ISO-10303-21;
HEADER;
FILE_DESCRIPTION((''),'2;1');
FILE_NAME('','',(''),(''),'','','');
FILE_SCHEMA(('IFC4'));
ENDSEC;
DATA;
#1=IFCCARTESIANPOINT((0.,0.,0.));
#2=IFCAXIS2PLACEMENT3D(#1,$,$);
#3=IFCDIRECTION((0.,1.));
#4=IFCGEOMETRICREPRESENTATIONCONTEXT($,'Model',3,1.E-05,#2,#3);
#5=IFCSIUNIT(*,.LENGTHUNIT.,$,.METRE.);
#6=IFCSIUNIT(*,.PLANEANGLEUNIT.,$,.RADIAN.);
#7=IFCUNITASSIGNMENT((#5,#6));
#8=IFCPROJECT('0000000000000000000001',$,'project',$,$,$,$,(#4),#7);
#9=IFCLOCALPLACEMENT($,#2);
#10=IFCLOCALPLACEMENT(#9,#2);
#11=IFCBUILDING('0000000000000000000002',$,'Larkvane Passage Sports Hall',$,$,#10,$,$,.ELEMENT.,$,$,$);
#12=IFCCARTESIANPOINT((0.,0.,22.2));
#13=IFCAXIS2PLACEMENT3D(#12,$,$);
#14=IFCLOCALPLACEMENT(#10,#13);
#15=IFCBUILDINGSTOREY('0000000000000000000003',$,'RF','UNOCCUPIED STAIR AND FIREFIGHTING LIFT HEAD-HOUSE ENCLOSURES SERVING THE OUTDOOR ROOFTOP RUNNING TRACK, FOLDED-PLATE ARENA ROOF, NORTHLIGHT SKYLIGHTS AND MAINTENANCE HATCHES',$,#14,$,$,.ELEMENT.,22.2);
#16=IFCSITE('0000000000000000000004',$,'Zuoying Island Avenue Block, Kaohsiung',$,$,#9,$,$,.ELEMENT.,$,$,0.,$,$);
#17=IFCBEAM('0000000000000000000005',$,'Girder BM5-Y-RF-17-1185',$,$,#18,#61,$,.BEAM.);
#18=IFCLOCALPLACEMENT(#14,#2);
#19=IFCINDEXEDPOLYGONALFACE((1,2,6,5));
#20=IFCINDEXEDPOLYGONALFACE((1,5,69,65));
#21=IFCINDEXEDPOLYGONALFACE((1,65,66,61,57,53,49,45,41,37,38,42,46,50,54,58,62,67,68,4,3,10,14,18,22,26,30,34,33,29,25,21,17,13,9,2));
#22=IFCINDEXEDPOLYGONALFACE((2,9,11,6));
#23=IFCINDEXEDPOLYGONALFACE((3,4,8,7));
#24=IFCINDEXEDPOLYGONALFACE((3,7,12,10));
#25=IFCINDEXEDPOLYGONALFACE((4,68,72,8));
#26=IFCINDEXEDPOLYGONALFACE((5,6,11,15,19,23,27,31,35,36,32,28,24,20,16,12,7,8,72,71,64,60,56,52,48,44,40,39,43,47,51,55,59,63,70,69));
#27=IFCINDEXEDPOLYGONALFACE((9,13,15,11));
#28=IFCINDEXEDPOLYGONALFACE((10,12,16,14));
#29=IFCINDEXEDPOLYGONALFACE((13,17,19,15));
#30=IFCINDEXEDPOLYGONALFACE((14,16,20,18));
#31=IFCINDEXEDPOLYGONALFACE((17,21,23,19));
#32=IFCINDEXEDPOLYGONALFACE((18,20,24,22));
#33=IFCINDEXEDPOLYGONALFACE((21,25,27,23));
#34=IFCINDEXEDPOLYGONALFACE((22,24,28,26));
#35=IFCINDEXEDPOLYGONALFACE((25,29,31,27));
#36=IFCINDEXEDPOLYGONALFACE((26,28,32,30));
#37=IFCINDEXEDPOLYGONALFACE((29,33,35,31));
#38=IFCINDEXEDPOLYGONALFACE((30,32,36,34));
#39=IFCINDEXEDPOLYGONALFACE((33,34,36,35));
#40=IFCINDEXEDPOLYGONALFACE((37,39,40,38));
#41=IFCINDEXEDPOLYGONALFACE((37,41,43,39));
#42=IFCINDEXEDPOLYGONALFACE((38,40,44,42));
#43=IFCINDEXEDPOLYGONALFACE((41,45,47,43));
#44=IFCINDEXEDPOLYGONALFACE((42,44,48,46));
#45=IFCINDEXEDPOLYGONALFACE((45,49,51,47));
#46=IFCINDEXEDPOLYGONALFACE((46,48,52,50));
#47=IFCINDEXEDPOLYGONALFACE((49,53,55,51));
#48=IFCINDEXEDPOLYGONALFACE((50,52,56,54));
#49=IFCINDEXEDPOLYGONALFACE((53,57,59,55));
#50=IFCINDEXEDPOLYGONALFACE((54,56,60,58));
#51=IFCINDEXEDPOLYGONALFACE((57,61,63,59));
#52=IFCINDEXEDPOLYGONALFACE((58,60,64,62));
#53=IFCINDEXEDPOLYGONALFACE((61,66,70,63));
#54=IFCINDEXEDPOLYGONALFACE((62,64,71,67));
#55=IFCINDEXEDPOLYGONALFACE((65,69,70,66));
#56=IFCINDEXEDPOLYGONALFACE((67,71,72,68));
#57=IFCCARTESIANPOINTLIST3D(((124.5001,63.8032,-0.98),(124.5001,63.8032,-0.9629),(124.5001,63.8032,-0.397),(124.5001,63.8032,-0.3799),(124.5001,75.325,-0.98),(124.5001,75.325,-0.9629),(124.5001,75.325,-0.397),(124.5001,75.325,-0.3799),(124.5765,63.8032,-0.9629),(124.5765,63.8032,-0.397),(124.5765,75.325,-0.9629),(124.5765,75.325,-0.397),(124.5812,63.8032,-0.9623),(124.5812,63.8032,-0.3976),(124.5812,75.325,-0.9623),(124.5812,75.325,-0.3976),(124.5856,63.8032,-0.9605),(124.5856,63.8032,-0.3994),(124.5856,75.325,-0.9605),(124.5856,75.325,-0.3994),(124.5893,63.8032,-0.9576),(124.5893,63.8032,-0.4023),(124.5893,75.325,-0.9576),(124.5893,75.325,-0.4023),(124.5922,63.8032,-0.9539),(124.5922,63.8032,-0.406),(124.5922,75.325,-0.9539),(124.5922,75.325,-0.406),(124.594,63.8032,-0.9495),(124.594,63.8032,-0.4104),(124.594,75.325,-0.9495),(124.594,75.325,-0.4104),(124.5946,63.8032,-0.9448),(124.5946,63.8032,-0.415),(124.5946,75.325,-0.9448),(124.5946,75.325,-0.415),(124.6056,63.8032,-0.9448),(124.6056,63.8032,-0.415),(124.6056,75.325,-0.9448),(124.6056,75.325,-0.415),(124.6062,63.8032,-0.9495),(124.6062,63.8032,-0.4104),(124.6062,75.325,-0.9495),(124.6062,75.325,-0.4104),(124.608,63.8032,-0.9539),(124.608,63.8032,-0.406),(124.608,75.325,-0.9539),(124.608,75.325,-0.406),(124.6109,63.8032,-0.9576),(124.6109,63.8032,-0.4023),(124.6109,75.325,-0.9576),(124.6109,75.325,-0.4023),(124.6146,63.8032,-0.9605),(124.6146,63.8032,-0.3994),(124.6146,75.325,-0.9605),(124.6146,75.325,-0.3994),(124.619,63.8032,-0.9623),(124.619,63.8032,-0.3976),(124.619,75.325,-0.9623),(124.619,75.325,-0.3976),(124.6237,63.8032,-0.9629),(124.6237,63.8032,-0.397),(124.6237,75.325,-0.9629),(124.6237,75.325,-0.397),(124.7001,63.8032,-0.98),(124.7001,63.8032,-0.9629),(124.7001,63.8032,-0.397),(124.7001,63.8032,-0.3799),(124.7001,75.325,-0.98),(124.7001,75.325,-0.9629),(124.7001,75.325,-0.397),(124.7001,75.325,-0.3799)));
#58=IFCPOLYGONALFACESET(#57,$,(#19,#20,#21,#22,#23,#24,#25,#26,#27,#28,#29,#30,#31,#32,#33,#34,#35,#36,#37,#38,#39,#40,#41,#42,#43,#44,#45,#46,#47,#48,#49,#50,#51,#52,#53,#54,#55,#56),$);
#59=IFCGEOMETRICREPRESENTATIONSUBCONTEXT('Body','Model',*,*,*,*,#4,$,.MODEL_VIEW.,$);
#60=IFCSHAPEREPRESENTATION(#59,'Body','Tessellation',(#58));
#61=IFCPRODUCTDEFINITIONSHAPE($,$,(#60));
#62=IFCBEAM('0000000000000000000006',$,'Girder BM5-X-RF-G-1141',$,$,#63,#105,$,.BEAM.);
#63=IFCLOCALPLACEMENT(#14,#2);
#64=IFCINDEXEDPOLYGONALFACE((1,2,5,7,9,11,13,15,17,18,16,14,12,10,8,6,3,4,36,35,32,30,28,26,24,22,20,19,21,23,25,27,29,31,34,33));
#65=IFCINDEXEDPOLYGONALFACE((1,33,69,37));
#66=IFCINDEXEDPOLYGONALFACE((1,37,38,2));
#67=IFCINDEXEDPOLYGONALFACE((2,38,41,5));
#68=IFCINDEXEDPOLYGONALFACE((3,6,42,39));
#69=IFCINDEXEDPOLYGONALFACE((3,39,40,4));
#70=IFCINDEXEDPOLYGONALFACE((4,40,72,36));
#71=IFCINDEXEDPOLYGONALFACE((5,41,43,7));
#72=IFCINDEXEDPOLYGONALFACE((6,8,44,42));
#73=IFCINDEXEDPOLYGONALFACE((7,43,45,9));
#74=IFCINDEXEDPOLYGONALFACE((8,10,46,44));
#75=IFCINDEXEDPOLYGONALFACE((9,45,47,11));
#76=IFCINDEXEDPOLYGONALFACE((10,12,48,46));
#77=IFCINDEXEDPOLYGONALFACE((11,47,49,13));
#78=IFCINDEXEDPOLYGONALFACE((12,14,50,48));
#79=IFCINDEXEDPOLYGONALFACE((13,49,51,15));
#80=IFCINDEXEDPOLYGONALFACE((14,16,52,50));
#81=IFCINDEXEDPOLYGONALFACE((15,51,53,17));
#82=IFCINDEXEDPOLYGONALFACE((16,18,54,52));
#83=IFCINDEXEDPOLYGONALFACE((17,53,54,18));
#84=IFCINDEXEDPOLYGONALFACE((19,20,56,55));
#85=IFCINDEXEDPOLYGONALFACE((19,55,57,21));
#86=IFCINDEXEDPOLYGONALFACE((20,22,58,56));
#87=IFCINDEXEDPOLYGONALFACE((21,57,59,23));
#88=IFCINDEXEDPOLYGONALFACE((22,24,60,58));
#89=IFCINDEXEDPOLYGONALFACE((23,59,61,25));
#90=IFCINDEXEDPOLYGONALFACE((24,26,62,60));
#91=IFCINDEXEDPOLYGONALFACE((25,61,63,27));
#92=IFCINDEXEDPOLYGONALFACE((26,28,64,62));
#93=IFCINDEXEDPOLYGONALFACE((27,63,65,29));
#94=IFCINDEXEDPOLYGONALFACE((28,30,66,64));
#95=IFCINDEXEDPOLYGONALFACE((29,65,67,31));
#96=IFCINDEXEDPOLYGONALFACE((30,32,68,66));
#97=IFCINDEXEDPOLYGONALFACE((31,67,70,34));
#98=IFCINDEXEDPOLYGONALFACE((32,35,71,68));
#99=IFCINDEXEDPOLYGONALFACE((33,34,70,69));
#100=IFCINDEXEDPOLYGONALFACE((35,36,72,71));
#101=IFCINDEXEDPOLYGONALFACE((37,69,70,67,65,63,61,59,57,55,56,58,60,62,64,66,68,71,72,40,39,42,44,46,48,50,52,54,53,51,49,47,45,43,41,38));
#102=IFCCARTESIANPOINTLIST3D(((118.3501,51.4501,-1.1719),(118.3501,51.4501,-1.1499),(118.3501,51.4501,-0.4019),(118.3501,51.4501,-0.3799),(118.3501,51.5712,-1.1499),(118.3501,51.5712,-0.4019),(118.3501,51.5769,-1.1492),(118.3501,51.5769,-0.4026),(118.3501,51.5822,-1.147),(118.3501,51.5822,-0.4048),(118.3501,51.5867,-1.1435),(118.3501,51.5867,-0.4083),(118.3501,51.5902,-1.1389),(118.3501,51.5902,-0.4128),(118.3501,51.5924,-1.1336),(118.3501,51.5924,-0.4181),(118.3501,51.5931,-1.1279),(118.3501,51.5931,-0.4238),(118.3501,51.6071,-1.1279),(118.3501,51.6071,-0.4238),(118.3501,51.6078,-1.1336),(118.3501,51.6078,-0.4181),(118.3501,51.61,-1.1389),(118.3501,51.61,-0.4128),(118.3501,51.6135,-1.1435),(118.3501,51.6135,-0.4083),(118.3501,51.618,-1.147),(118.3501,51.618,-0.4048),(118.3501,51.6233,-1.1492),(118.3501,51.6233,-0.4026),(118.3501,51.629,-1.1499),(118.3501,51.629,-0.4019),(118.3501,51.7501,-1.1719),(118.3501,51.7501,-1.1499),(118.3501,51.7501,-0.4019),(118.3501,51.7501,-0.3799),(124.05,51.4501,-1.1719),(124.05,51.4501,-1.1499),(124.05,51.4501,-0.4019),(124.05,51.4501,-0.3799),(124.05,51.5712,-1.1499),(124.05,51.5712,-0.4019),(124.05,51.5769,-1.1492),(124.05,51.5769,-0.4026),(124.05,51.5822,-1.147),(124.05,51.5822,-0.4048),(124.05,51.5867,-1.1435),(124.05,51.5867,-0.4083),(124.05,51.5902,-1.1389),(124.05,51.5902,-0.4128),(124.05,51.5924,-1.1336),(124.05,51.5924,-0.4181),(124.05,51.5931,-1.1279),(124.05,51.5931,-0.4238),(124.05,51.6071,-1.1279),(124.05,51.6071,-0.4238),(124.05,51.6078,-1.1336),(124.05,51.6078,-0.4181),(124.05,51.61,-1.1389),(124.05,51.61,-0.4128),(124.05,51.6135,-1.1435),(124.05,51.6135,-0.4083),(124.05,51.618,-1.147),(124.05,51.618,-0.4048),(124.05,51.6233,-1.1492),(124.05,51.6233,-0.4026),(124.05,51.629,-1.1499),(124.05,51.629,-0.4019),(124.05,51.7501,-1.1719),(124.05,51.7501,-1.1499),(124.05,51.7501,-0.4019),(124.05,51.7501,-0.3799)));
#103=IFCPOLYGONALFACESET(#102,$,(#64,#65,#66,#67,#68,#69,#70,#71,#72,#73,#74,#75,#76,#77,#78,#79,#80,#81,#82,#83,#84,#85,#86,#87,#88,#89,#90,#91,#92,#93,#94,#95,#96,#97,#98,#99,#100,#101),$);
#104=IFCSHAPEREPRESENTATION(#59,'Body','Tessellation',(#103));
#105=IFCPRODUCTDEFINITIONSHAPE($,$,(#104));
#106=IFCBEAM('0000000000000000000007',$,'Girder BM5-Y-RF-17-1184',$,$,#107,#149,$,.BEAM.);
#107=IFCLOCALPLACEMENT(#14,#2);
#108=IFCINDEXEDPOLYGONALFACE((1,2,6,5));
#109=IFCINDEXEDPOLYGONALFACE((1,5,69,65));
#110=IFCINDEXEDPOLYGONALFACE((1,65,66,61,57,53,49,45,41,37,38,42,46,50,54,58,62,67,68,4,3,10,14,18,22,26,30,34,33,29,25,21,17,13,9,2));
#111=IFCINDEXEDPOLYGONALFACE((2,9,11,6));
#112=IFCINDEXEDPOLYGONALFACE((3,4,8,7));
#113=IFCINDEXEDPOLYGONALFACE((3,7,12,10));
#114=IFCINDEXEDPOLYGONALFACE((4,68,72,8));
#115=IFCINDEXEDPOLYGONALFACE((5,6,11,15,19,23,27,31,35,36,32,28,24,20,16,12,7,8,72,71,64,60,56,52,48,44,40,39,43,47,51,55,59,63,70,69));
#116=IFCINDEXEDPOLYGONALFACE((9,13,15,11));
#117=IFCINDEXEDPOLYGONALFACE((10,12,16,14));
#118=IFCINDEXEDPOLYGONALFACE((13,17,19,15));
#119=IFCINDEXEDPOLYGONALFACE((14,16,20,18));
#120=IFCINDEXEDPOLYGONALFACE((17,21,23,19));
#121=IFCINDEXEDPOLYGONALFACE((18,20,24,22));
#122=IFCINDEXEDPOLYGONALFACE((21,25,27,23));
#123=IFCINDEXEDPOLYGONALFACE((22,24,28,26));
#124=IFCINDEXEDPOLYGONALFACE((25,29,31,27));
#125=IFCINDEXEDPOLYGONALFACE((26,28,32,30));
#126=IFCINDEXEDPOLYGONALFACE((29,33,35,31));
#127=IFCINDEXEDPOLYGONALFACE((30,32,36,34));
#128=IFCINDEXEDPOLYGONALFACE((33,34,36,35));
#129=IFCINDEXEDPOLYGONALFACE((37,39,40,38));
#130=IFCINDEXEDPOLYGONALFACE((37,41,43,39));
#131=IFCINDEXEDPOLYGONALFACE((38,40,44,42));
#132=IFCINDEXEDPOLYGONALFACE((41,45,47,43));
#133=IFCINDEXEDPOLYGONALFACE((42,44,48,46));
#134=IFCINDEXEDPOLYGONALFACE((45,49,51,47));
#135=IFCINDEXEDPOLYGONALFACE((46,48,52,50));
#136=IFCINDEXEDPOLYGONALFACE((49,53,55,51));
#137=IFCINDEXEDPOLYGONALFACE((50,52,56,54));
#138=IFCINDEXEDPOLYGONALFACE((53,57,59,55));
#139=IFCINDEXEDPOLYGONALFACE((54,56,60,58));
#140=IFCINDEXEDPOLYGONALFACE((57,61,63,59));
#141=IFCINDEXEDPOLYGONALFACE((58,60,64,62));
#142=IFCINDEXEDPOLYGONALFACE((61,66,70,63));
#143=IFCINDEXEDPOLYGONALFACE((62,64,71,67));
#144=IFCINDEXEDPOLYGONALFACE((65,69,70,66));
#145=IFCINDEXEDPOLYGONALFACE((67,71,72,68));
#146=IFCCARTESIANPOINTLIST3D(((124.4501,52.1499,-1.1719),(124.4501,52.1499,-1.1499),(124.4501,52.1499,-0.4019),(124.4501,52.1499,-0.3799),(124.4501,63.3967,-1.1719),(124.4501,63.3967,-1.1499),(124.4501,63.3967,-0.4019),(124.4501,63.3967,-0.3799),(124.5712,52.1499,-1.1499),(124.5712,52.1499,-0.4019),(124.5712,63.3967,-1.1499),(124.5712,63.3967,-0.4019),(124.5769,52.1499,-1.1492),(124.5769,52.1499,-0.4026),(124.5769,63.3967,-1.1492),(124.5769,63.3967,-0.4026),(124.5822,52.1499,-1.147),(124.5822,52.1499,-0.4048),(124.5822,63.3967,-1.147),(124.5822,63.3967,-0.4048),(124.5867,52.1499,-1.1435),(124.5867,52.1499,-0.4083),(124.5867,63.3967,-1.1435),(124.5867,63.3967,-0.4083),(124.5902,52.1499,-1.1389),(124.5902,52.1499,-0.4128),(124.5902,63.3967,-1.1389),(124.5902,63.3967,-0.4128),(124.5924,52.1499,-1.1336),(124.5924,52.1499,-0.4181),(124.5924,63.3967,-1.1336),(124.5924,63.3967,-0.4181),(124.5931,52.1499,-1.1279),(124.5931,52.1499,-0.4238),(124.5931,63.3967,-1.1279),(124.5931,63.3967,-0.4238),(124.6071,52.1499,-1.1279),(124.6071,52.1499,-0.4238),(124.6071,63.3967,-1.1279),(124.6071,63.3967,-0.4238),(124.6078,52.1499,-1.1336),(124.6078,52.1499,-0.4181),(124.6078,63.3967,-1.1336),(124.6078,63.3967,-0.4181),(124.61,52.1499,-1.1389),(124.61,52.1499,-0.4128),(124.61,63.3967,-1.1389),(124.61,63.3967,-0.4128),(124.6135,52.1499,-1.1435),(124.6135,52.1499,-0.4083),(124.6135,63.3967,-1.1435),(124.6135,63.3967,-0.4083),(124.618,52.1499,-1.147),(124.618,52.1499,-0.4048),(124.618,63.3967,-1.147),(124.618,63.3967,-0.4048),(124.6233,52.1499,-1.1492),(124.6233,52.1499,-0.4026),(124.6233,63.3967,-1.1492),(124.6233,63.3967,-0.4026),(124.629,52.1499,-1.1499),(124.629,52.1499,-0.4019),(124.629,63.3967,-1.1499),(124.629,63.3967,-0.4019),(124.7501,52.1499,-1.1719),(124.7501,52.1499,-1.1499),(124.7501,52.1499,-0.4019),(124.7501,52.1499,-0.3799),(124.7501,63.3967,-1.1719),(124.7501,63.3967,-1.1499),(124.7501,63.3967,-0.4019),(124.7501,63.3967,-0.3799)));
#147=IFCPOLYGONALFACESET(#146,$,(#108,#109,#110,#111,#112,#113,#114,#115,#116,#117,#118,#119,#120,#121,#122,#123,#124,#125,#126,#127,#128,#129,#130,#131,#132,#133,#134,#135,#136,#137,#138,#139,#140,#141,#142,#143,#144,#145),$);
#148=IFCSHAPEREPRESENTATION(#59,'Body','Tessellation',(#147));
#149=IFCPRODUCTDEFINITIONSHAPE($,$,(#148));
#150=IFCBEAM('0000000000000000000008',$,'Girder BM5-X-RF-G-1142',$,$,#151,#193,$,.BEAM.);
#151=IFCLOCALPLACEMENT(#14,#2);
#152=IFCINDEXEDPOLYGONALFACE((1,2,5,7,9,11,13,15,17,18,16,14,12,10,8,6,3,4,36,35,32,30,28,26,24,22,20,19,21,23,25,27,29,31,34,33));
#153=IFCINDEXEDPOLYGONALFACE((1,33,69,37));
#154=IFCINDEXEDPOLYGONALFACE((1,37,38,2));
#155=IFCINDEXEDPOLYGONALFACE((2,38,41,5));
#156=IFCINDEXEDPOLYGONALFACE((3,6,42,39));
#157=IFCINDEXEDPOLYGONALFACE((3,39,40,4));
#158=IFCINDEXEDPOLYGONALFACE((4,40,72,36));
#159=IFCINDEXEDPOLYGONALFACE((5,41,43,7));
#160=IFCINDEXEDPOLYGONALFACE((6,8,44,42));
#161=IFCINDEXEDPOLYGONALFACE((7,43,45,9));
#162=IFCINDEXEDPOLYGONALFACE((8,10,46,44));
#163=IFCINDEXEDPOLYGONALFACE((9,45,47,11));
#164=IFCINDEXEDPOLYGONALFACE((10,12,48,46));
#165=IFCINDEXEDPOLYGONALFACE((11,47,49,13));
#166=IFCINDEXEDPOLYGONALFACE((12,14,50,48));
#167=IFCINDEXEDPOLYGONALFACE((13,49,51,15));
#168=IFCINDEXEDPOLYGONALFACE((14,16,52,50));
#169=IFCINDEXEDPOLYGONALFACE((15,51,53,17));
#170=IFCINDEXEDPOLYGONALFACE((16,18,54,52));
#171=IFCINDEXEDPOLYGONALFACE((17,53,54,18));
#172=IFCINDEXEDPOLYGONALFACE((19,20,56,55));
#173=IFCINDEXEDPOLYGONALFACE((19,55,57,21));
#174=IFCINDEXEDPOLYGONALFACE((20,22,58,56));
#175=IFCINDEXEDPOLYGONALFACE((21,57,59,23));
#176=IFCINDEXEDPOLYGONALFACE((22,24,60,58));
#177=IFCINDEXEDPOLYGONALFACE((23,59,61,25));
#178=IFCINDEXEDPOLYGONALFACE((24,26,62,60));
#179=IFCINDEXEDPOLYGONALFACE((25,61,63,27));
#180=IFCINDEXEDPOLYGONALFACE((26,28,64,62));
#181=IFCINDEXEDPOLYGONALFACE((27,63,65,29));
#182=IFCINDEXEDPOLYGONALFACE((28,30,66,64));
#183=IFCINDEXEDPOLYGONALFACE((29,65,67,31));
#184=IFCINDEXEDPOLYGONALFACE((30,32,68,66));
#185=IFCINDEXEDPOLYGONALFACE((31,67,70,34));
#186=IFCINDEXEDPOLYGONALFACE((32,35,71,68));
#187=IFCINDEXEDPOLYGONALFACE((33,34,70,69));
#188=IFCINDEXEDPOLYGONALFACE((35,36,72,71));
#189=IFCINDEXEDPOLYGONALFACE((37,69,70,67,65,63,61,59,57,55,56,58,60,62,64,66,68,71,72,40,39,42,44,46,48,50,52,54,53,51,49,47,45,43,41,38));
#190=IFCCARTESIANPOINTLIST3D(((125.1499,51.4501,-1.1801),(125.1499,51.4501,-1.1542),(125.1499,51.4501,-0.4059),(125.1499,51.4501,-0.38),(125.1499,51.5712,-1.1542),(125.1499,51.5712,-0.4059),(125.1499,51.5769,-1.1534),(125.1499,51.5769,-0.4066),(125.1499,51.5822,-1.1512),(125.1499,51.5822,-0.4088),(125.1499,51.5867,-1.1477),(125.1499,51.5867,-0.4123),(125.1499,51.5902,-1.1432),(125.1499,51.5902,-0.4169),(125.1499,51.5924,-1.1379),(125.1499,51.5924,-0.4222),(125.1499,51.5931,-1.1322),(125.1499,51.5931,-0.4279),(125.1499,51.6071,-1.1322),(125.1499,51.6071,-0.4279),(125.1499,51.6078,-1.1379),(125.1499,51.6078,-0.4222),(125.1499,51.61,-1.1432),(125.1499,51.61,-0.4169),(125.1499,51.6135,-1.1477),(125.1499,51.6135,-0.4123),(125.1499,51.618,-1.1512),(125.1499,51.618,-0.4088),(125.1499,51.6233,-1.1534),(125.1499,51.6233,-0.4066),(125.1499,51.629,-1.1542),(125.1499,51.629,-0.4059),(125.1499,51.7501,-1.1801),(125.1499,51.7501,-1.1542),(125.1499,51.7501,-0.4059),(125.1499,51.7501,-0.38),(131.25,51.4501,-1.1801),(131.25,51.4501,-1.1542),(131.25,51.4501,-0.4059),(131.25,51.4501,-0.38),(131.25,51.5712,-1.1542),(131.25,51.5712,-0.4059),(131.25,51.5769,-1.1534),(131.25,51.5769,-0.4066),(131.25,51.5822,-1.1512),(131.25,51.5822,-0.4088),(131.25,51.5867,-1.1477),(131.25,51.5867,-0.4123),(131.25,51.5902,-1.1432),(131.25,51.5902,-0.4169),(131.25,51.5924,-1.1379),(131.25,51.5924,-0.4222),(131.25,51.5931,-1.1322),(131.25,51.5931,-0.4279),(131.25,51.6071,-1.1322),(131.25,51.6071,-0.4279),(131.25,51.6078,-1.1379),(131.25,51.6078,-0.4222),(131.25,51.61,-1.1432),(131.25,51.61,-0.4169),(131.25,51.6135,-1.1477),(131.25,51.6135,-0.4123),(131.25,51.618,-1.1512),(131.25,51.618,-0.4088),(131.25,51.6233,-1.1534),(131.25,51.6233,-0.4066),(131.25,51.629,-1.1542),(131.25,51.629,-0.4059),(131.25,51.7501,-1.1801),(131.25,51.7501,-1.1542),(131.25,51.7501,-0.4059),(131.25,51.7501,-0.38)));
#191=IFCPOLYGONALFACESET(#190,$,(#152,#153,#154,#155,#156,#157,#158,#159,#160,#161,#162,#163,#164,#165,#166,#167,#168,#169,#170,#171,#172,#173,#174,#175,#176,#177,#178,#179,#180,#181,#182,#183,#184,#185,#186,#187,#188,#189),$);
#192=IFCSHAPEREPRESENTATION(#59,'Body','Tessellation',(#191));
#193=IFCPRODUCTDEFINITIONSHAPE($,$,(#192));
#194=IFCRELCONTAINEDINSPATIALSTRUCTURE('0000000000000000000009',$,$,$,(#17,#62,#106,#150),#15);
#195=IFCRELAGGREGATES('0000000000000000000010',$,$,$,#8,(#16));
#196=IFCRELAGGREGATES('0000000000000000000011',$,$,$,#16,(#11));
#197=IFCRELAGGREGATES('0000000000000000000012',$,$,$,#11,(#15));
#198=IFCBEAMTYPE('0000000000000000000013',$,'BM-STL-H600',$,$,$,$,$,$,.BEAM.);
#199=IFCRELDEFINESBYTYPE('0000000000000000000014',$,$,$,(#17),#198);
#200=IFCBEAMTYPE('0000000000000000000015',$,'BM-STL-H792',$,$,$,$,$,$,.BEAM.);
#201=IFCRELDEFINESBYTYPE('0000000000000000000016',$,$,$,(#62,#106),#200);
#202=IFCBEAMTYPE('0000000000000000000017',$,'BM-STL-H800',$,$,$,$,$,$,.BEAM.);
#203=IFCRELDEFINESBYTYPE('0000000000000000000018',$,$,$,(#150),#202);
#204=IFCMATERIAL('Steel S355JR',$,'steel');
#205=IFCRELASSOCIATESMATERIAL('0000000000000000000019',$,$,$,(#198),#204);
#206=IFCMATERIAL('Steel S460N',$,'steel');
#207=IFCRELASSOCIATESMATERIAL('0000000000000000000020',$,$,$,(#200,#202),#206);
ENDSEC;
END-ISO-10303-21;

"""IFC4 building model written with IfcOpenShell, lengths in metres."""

from ifc_helpers import new_model, si_unit, direction, frame, origin, origin_2d, place, context, subcontext, project, spatial, i_section, extrude, material, material_profile, profile_set, type_object, element, save


model = new_model("IFC4")

# Units and contexts
model_context = context("Model", 3, precision=1e-05, world=origin(), true_north=direction((0.0, 1.0)))
body_context = subcontext(model_context, "Body", "Model", "MODEL_VIEW")
ifc_project = project(units=[si_unit("LENGTHUNIT", "METRE"), si_unit("PLANEANGLEUNIT", "RADIAN")], contexts=[model_context])

# Site, building, storey
site_placement = place(None, origin())
site = spatial("IfcSite", under=ifc_project, at=site_placement, Name="Zuoying Island Avenue Block, Kaohsiung", CompositionType="ELEMENT", RefElevation=0.0)
building_placement = place(site_placement, origin())
building = spatial("IfcBuilding", under=site, at=building_placement, Name="Larkvane Passage Sports Hall", CompositionType="ELEMENT")
storey_placement = place(building_placement, frame((0.0, 0.0, 22.2)))
storey = spatial("IfcBuildingStorey", under=building, at=storey_placement, Name="RF", Description="UNOCCUPIED STAIR AND FIREFIGHTING LIFT HEAD-HOUSE ENCLOSURES SERVING THE OUTDOOR ROOFTOP RUNNING TRACK, FOLDED-PLATE ARENA ROOF, NORTHLIGHT SKYLIGHTS AND MAINTENANCE HATCHES", CompositionType="ELEMENT", Elevation=22.2)

# Beams
ifc_material_1 = material(Name="Steel S355JR", Category="steel")
ifc_material_profile_1 = material_profile(ifc_material_1, i_section(OverallWidth=0.2, OverallDepth=0.6001, WebThickness=0.011, FlangeThickness=0.0171, FilletRadius=0.0181, at=origin_2d()), Name="H-600x200x11x17")
ifc_profile_set_1 = profile_set([ifc_material_profile_1], Name="Steel S355JR")
beam_type_1 = type_object("IfcBeamType", Name="BM-STL-H600", PredefinedType="BEAM", material=ifc_profile_set_1)
beam_1_placement = place(storey_placement, frame((124.6001, 63.8032, -0.6799), z_axis=(0.0, 1.0, 0.0), x_axis=(-1.0, 0.0, 0.0)))
element("IfcBeam", 1, at=beam_1_placement, inside=storey, type_object=beam_type_1, Name="Girder BM5-Y-RF-17-1185", PredefinedType="BEAM", context=body_context, shape_type="SweptSolid", body=[
    extrude(i_section(OverallWidth=0.2, OverallDepth=0.6001, WebThickness=0.011, FlangeThickness=0.0171, FilletRadius=0.0181, at=origin_2d()), origin(), (0.0, 0.0, 1.0), 11.5217),
])
ifc_material_2 = material(Name="Steel S460N", Category="steel")
ifc_material_profile_2 = material_profile(ifc_material_2, i_section(OverallWidth=0.3, OverallDepth=0.792, WebThickness=0.0139, FlangeThickness=0.022, FilletRadius=0.022, at=origin_2d()), Name="H-792x300x14x22")
ifc_profile_set_2 = profile_set([ifc_material_profile_2], Name="Steel S460N")
beam_type_2 = type_object("IfcBeamType", Name="BM-STL-H792", PredefinedType="BEAM", material=ifc_profile_set_2)
beam_2_placement = place(storey_placement, frame((118.3501, 51.6001, -0.7759), z_axis=(1.0, 0.0, 0.0), x_axis=(0.0, 1.0, 0.0)))
element("IfcBeam", 2, at=beam_2_placement, inside=storey, type_object=beam_type_2, Name="Girder BM5-X-RF-G-1141", PredefinedType="BEAM", context=body_context, shape_type="SweptSolid", body=[
    extrude(i_section(OverallWidth=0.3, OverallDepth=0.792, WebThickness=0.0139, FlangeThickness=0.022, FilletRadius=0.022, at=origin_2d()), origin(), (0.0, 0.0, 1.0), 5.7),
])
beam_3_placement = place(storey_placement, frame((124.6001, 52.1499, -0.7759), z_axis=(0.0, 1.0, 0.0), x_axis=(-1.0, 0.0, 0.0)))
element("IfcBeam", 3, at=beam_3_placement, inside=storey, type_object=beam_type_2, Name="Girder BM5-Y-RF-17-1184", PredefinedType="BEAM", context=body_context, shape_type="SweptSolid", body=[
    extrude(i_section(OverallWidth=0.3, OverallDepth=0.792, WebThickness=0.0139, FlangeThickness=0.022, FilletRadius=0.022, at=origin_2d()), origin(), (0.0, 0.0, 1.0), 11.2468),
])
ifc_material_profile_3 = material_profile(ifc_material_2, i_section(OverallWidth=0.3, OverallDepth=0.8, WebThickness=0.0139, FlangeThickness=0.0259, FilletRadius=0.022, at=origin_2d()), Name="H-800x300x14x26")
ifc_profile_set_3 = profile_set([ifc_material_profile_3], Name="Steel S460N")
beam_type_3 = type_object("IfcBeamType", Name="BM-STL-H800", PredefinedType="BEAM", material=ifc_profile_set_3)
beam_4_placement = place(storey_placement, frame((125.1499, 51.6001, -0.78), z_axis=(1.0, 0.0, 0.0), x_axis=(0.0, 1.0, 0.0)))
element("IfcBeam", 4, at=beam_4_placement, inside=storey, type_object=beam_type_3, Name="Girder BM5-X-RF-G-1142", PredefinedType="BEAM", context=body_context, shape_type="SweptSolid", body=[
    extrude(i_section(OverallWidth=0.3, OverallDepth=0.8, WebThickness=0.0139, FlangeThickness=0.0259, FilletRadius=0.022, at=origin_2d()), origin(), (0.0, 0.0, 1.0), 6.1001),
])

save(model, "model.ifc")
